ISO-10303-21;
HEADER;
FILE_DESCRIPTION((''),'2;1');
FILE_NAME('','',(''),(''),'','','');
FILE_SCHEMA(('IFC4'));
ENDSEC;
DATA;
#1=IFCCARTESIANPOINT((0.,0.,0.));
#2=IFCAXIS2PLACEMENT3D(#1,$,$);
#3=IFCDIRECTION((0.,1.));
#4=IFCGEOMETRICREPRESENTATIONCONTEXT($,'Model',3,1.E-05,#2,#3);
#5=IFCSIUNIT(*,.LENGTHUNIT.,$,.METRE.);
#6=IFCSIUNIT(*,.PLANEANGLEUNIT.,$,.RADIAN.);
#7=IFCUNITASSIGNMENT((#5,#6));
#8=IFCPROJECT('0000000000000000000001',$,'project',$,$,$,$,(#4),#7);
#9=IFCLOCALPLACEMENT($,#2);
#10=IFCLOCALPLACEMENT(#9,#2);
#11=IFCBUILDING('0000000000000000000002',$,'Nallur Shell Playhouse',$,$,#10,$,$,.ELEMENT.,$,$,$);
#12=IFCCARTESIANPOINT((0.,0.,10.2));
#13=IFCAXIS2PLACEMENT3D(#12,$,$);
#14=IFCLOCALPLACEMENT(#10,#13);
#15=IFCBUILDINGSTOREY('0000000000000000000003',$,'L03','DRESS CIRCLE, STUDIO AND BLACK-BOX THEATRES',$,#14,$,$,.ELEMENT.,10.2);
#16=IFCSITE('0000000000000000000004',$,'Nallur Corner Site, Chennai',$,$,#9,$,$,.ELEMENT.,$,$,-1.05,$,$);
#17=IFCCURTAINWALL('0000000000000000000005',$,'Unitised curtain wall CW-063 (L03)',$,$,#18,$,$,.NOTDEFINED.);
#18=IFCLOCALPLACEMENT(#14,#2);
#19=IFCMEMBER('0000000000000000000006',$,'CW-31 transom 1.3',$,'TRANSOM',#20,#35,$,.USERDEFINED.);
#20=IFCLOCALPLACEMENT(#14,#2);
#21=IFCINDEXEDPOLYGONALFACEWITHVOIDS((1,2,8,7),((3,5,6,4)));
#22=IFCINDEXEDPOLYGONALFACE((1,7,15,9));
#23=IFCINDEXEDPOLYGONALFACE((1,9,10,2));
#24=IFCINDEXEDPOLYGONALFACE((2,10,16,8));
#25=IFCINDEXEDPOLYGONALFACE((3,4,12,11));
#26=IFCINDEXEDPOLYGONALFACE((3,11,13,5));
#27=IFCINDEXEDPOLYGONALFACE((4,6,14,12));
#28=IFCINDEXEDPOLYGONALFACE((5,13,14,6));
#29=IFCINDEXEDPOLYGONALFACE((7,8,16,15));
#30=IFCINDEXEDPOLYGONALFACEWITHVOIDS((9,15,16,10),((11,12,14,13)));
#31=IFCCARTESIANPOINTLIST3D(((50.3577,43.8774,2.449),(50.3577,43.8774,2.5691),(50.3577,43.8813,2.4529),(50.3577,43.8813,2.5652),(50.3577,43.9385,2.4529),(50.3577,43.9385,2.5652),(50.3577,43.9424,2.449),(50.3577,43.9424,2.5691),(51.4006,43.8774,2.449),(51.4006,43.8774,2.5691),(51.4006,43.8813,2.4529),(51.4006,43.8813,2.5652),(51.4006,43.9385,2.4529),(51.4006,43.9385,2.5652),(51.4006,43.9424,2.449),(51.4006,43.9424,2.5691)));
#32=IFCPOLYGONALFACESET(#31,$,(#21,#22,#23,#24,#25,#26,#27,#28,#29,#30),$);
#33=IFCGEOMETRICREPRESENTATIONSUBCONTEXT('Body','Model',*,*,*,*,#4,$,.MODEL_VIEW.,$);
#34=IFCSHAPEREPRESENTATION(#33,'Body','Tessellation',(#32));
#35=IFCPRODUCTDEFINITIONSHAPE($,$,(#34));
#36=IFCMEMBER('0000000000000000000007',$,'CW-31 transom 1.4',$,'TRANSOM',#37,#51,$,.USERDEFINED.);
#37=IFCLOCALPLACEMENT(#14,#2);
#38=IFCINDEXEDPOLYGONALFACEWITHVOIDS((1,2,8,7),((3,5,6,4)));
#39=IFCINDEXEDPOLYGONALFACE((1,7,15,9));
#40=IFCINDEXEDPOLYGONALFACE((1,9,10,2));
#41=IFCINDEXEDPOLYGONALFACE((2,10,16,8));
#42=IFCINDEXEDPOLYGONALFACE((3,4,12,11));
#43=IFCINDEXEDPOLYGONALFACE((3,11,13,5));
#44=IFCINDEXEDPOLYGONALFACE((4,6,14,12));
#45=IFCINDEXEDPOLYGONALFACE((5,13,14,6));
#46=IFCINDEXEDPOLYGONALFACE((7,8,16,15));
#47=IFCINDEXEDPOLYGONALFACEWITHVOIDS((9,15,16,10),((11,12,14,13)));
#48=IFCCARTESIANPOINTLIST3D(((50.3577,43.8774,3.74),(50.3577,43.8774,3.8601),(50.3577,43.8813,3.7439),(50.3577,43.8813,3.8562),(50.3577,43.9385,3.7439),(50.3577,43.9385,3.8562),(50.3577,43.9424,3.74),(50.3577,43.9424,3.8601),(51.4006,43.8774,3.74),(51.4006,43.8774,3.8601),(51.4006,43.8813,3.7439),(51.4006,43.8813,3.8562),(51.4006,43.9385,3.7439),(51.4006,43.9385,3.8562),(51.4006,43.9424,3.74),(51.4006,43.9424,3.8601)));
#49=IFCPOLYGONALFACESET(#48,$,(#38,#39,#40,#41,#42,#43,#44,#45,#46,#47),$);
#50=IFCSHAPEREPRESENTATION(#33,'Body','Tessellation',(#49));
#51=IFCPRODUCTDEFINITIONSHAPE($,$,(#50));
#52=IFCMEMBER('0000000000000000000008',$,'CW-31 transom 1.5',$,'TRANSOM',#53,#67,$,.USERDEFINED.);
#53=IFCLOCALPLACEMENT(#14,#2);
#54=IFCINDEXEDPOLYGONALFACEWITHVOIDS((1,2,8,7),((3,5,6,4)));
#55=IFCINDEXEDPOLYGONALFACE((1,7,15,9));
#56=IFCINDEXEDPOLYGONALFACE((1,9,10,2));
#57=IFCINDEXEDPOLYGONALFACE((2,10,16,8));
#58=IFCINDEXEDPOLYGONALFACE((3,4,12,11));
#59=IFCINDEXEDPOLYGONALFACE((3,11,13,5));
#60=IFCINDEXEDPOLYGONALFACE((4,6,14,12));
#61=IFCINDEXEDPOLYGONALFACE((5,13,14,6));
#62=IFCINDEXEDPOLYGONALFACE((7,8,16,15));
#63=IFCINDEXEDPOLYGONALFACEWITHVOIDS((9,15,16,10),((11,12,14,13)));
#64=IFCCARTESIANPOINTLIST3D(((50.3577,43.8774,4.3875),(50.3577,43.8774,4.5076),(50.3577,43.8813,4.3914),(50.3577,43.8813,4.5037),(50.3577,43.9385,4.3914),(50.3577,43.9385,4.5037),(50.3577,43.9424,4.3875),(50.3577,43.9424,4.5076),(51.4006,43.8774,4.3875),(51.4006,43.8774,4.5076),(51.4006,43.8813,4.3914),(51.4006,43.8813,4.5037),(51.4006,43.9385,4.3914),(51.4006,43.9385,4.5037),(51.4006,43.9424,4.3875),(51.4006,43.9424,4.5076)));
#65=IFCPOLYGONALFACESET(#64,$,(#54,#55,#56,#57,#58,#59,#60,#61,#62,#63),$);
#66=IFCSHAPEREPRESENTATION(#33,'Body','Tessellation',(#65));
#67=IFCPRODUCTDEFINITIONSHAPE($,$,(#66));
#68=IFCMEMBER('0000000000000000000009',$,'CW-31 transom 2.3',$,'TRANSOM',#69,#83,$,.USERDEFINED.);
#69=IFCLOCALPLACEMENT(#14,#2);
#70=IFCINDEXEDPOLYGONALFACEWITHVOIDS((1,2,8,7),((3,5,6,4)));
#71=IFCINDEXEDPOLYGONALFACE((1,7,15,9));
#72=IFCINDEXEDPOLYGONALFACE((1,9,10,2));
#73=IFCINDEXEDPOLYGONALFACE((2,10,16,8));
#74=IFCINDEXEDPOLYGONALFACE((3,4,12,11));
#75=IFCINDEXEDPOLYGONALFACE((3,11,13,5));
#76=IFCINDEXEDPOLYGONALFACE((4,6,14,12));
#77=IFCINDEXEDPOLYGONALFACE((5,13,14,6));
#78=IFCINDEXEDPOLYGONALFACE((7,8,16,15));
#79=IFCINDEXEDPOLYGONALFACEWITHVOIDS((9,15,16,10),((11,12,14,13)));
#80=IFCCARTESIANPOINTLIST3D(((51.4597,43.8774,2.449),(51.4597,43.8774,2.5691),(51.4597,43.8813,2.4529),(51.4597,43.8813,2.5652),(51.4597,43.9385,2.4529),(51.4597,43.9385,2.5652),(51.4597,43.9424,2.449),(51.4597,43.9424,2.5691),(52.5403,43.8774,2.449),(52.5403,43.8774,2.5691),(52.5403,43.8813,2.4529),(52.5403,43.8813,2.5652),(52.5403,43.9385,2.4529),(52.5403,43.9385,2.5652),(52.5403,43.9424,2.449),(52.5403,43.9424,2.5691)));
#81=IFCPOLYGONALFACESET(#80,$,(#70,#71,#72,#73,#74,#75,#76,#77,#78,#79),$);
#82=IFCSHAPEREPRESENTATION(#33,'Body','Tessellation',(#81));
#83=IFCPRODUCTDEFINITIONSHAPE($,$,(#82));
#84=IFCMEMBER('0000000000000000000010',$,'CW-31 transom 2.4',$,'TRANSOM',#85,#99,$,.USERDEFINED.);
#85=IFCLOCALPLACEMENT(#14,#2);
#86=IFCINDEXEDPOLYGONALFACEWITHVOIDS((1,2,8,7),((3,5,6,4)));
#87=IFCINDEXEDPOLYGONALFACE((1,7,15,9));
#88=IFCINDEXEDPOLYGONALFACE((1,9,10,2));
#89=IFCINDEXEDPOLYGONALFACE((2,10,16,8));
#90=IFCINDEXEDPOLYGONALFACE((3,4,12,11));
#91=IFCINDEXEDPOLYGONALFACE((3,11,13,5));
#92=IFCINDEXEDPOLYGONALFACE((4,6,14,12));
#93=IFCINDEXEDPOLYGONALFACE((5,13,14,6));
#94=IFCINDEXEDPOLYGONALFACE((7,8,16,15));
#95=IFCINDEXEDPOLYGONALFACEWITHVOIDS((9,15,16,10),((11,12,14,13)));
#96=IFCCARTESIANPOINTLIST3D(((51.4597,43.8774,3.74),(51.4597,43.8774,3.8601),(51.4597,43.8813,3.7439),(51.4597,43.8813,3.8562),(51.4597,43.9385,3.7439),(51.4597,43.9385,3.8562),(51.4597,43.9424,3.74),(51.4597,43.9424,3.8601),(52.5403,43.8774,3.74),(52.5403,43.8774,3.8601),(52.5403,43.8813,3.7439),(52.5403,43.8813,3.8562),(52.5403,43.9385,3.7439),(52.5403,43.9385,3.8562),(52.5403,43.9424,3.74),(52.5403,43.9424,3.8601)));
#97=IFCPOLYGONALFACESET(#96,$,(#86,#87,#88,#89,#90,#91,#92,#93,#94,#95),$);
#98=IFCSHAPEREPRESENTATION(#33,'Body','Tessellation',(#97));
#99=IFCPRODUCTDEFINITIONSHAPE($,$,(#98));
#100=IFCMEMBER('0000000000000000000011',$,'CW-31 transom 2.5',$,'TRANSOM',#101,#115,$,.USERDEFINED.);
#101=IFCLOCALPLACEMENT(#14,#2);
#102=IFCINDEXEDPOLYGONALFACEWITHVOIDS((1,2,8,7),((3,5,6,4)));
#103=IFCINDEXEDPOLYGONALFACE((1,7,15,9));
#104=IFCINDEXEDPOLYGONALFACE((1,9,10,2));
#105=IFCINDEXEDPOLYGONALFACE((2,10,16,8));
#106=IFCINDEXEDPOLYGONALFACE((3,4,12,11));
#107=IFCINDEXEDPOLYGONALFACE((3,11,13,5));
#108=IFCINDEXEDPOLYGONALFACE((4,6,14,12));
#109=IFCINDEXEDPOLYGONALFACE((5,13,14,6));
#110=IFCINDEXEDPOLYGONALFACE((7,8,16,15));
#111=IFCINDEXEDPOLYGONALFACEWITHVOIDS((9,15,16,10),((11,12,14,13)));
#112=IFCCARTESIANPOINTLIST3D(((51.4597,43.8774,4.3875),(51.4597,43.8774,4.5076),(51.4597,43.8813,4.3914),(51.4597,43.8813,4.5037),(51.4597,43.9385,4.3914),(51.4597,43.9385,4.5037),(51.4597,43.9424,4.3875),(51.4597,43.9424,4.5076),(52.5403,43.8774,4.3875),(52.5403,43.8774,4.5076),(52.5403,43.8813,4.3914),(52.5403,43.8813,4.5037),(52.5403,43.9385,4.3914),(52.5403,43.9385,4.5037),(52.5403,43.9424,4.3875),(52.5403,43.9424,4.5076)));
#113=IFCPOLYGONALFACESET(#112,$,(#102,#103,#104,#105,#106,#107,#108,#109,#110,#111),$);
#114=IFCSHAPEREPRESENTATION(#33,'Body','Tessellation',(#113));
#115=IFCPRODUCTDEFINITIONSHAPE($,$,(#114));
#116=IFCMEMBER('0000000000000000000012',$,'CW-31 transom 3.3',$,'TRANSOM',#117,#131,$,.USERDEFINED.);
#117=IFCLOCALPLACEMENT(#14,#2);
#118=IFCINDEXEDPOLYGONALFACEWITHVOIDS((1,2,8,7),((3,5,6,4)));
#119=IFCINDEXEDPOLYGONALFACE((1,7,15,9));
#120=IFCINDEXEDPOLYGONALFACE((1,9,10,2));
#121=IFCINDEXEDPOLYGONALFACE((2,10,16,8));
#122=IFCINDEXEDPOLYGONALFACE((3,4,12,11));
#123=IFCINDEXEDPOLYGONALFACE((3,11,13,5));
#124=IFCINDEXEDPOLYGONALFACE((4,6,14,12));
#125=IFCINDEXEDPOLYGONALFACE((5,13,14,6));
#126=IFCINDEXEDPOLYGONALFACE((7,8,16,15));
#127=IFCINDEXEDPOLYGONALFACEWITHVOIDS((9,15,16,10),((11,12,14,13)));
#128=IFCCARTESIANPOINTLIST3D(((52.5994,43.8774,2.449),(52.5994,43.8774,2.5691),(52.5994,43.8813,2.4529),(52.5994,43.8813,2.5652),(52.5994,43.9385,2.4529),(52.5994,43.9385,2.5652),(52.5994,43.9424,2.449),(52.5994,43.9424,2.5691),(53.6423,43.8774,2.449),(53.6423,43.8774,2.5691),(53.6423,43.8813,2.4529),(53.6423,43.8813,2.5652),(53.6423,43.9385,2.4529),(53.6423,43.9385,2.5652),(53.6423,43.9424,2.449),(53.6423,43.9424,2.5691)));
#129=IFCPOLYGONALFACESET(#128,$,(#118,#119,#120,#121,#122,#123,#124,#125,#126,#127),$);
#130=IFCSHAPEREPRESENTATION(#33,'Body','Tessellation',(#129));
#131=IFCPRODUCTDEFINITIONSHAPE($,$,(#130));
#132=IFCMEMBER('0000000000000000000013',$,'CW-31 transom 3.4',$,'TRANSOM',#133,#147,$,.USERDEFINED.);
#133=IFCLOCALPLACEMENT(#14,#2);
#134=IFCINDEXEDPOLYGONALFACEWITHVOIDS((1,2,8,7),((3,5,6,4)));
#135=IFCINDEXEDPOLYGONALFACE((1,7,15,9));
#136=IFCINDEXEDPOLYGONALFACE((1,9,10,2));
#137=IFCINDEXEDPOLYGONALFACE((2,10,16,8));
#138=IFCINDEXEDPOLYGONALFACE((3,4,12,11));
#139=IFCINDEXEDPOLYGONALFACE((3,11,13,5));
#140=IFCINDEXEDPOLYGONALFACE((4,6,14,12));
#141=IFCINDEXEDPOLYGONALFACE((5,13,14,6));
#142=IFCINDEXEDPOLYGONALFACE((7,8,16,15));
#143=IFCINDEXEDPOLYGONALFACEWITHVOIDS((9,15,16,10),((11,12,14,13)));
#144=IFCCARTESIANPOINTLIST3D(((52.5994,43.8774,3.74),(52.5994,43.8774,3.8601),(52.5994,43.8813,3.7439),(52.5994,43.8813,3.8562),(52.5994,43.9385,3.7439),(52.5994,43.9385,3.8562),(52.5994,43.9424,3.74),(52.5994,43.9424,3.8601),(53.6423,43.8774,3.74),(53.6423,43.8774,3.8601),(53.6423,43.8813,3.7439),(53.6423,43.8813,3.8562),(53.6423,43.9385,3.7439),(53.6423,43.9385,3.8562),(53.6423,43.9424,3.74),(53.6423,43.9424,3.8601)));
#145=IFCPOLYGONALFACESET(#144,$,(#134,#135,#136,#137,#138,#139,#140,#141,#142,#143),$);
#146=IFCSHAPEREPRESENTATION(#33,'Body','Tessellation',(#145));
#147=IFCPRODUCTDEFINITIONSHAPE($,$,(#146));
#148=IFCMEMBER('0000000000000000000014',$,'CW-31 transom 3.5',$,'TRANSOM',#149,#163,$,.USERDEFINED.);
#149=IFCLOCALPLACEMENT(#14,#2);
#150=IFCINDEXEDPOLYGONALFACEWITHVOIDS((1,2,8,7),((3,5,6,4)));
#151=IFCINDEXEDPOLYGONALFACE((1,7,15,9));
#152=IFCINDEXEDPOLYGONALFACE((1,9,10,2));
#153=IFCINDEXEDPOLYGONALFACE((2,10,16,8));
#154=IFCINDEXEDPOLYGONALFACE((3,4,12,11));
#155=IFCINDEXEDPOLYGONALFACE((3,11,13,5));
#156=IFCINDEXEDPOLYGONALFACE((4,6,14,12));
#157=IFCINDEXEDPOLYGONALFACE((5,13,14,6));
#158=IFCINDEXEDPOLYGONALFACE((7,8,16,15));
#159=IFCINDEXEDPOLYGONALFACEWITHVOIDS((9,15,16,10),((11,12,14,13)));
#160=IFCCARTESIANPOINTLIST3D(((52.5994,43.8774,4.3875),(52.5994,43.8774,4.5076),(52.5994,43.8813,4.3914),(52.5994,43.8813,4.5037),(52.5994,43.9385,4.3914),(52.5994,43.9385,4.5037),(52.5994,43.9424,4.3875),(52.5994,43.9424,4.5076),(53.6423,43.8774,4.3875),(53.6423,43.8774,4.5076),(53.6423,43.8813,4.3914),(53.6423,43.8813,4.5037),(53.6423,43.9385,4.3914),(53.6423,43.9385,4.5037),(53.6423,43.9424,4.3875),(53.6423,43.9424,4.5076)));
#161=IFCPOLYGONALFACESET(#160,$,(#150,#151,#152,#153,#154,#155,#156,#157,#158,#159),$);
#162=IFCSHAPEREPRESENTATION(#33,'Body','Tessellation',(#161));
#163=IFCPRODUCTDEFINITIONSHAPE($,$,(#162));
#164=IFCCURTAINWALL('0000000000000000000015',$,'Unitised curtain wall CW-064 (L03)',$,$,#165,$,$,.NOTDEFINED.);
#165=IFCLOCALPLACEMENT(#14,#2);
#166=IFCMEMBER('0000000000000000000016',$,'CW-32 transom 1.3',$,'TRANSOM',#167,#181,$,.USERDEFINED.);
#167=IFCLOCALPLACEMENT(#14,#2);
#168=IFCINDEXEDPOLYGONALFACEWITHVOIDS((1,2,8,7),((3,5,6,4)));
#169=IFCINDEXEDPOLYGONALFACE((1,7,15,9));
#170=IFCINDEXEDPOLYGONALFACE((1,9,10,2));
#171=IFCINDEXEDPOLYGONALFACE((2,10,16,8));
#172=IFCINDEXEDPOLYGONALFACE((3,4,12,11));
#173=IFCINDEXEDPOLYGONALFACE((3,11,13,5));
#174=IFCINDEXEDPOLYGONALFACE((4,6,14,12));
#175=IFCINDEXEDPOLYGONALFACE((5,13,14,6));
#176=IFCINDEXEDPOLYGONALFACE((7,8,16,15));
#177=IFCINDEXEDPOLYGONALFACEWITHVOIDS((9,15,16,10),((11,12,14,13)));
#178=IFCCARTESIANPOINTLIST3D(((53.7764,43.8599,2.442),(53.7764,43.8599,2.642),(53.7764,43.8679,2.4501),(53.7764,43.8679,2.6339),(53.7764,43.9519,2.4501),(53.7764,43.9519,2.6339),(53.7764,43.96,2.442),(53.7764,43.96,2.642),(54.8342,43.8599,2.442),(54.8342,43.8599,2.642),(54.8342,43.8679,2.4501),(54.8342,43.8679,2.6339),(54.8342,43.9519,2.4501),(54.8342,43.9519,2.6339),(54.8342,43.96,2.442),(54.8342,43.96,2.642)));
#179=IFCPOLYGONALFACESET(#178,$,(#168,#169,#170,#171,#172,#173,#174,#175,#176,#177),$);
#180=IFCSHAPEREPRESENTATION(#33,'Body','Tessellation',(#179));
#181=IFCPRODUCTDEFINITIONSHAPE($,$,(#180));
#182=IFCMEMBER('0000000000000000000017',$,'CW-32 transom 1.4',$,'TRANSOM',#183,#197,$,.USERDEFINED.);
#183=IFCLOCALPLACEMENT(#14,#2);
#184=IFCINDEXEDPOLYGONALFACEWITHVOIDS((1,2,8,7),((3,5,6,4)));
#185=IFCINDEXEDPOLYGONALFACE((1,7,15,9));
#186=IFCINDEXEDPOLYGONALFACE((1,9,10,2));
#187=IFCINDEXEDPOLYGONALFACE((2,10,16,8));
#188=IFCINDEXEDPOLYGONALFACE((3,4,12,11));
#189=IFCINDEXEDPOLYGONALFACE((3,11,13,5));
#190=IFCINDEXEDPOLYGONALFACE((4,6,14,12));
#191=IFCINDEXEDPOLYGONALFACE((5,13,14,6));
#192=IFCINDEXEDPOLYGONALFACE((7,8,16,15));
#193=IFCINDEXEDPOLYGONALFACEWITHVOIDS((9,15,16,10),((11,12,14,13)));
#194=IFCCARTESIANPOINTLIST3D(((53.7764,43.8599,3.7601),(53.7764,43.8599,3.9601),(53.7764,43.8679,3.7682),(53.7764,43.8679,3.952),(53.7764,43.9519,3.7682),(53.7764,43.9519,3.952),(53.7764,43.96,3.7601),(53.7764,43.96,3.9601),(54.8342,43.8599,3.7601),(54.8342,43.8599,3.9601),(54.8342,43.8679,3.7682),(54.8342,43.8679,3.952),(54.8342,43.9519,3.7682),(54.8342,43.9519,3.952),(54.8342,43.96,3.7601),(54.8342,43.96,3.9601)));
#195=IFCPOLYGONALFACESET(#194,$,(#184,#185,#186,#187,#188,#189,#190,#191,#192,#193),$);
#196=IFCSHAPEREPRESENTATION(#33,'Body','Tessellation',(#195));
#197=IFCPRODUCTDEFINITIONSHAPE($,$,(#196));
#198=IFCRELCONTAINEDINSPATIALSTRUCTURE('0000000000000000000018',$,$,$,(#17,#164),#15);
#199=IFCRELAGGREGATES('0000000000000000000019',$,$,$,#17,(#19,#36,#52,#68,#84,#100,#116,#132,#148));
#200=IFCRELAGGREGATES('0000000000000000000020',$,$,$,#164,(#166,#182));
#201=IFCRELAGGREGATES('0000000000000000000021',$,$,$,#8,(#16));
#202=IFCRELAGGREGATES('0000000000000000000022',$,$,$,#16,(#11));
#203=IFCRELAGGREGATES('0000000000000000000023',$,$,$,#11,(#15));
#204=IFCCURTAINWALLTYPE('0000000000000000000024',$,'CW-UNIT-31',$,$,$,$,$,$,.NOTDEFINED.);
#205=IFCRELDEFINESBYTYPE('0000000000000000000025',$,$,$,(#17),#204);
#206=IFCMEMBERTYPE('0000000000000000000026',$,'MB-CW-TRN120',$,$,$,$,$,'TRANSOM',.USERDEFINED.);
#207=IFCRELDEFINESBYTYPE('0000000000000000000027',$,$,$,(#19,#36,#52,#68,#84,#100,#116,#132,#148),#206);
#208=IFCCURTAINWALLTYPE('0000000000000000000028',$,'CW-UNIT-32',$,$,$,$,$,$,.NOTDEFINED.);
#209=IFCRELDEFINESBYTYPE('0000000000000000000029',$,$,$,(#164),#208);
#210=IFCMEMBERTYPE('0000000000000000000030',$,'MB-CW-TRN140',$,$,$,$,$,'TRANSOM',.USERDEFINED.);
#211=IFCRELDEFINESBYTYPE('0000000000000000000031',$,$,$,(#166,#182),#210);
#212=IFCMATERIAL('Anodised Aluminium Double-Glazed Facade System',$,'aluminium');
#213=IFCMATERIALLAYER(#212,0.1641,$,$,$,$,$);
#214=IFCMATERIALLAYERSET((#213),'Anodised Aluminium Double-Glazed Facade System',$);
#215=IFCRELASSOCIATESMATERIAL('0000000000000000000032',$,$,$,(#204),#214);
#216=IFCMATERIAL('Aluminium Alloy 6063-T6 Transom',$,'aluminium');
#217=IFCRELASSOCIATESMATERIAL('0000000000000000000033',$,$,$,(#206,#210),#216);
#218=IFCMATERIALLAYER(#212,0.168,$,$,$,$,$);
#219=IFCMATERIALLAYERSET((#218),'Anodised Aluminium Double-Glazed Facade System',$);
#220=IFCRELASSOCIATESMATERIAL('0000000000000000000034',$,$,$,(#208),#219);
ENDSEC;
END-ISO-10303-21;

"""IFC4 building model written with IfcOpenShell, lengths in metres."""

from ifc_helpers import new_model, si_unit, direction, frame, origin, origin_2d, place, context, subcontext, project, spatial, hollow_rectangle, extrude, material, layer, layer_set, material_profile, profile_set, type_object, element, aggregate, save


model = new_model("IFC4")

# Units and contexts
model_context = context("Model", 3, precision=1e-05, world=origin(), true_north=direction((0.0, 1.0)))
body_context = subcontext(model_context, "Body", "Model", "MODEL_VIEW")
ifc_project = project(units=[si_unit("LENGTHUNIT", "METRE"), si_unit("PLANEANGLEUNIT", "RADIAN")], contexts=[model_context])

# Site, building, storey
site_placement = place(None, origin())
site = spatial("IfcSite", under=ifc_project, at=site_placement, Name="Nallur Corner Site, Chennai", CompositionType="ELEMENT", RefElevation=-1.05)
building_placement = place(site_placement, origin())
building = spatial("IfcBuilding", under=site, at=building_placement, Name="Nallur Shell Playhouse", CompositionType="ELEMENT")
storey_placement = place(building_placement, frame((0.0, 0.0, 10.2)))
storey = spatial("IfcBuildingStorey", under=building, at=storey_placement, Name="L03", Description="DRESS CIRCLE, STUDIO AND BLACK-BOX THEATRES", CompositionType="ELEMENT", Elevation=10.2)

# Curtain walls, members
ifc_material_1 = material(Name="Anodised Aluminium Double-Glazed Facade System", Category="aluminium")
ifc_layer_1 = layer(ifc_material_1, 0.1641)
ifc_layer_set_1 = layer_set([ifc_layer_1], Name="Anodised Aluminium Double-Glazed Facade System")
curtain_wall_type_1 = type_object("IfcCurtainWallType", Name="CW-UNIT-31", PredefinedType="NOTDEFINED", material=ifc_layer_set_1)
curtain_wall_1_placement = place(storey_placement, origin())
curtain_wall_1 = element("IfcCurtainWall", 1, at=curtain_wall_1_placement, inside=storey, type_object=curtain_wall_type_1, Name="Unitised curtain wall CW-063 (L03)", PredefinedType="NOTDEFINED")
ifc_material_2 = material(Name="Aluminium Alloy 6063-T6 Transom", Category="aluminium")
ifc_material_profile_1 = material_profile(ifc_material_2, hollow_rectangle(XDim=0.0649, YDim=0.1201, WallThickness=0.0039, at=origin_2d()), Name="ALU 65x120x4")
ifc_profile_set_1 = profile_set([ifc_material_profile_1], Name="Aluminium Alloy 6063-T6 Transom")
member_type_1 = type_object("IfcMemberType", Name="MB-CW-TRN120", ElementType="TRANSOM", PredefinedType="USERDEFINED", material=ifc_profile_set_1)
member_1_placement = place(storey_placement, frame((50.3577, 43.9099, 2.509), z_axis=(1.0, 0.0, 0.0), x_axis=(0.0, 1.0, 0.0)))
member_1 = element("IfcMember", 2, at=member_1_placement, type_object=member_type_1, Name="CW-31 transom 1.3", ObjectType="TRANSOM", PredefinedType="USERDEFINED", context=body_context, shape_type="SweptSolid", body=[
    extrude(hollow_rectangle(XDim=0.0649, YDim=0.1201, WallThickness=0.0039, at=origin_2d()), origin(), (0.0, 0.0, 1.0), 1.043),
])
member_2_placement = place(storey_placement, frame((50.3577, 43.9099, 3.8), z_axis=(1.0, 0.0, 0.0), x_axis=(0.0, 1.0, 0.0)))
member_2 = element("IfcMember", 3, at=member_2_placement, type_object=member_type_1, Name="CW-31 transom 1.4", ObjectType="TRANSOM", PredefinedType="USERDEFINED", context=body_context, shape_type="SweptSolid", body=[
    extrude(hollow_rectangle(XDim=0.0649, YDim=0.1201, WallThickness=0.0039, at=origin_2d()), origin(), (0.0, 0.0, 1.0), 1.043),
])
member_3_placement = place(storey_placement, frame((50.3577, 43.9099, 4.4475), z_axis=(1.0, 0.0, 0.0), x_axis=(0.0, 1.0, 0.0)))
member_3 = element("IfcMember", 4, at=member_3_placement, type_object=member_type_1, Name="CW-31 transom 1.5", ObjectType="TRANSOM", PredefinedType="USERDEFINED", context=body_context, shape_type="SweptSolid", body=[
    extrude(hollow_rectangle(XDim=0.0649, YDim=0.1201, WallThickness=0.0039, at=origin_2d()), origin(), (0.0, 0.0, 1.0), 1.043),
])
member_4_placement = place(storey_placement, frame((51.4597, 43.9099, 2.509), z_axis=(1.0, 0.0, 0.0), x_axis=(0.0, 1.0, 0.0)))
member_4 = element("IfcMember", 5, at=member_4_placement, type_object=member_type_1, Name="CW-31 transom 2.3", ObjectType="TRANSOM", PredefinedType="USERDEFINED", context=body_context, shape_type="SweptSolid", body=[
    extrude(hollow_rectangle(XDim=0.0649, YDim=0.1201, WallThickness=0.0039, at=origin_2d()), origin(), (0.0, 0.0, 1.0), 1.0806),
])
member_5_placement = place(storey_placement, frame((51.4597, 43.9099, 3.8), z_axis=(1.0, 0.0, 0.0), x_axis=(0.0, 1.0, 0.0)))
member_5 = element("IfcMember", 6, at=member_5_placement, type_object=member_type_1, Name="CW-31 transom 2.4", ObjectType="TRANSOM", PredefinedType="USERDEFINED", context=body_context, shape_type="SweptSolid", body=[
    extrude(hollow_rectangle(XDim=0.0649, YDim=0.1201, WallThickness=0.0039, at=origin_2d()), origin(), (0.0, 0.0, 1.0), 1.0806),
])
member_6_placement = place(storey_placement, frame((51.4597, 43.9099, 4.4475), z_axis=(1.0, 0.0, 0.0), x_axis=(0.0, 1.0, 0.0)))
member_6 = element("IfcMember", 7, at=member_6_placement, type_object=member_type_1, Name="CW-31 transom 2.5", ObjectType="TRANSOM", PredefinedType="USERDEFINED", context=body_context, shape_type="SweptSolid", body=[
    extrude(hollow_rectangle(XDim=0.0649, YDim=0.1201, WallThickness=0.0039, at=origin_2d()), origin(), (0.0, 0.0, 1.0), 1.0806),
])
member_7_placement = place(storey_placement, frame((52.5994, 43.9099, 2.509), z_axis=(1.0, 0.0, 0.0), x_axis=(0.0, 1.0, 0.0)))
member_7 = element("IfcMember", 8, at=member_7_placement, type_object=member_type_1, Name="CW-31 transom 3.3", ObjectType="TRANSOM", PredefinedType="USERDEFINED", context=body_context, shape_type="SweptSolid", body=[
    extrude(hollow_rectangle(XDim=0.0649, YDim=0.1201, WallThickness=0.0039, at=origin_2d()), origin(), (0.0, 0.0, 1.0), 1.043),
])
member_8_placement = place(storey_placement, frame((52.5994, 43.9099, 3.8), z_axis=(1.0, 0.0, 0.0), x_axis=(0.0, 1.0, 0.0)))
member_8 = element("IfcMember", 9, at=member_8_placement, type_object=member_type_1, Name="CW-31 transom 3.4", ObjectType="TRANSOM", PredefinedType="USERDEFINED", context=body_context, shape_type="SweptSolid", body=[
    extrude(hollow_rectangle(XDim=0.0649, YDim=0.1201, WallThickness=0.0039, at=origin_2d()), origin(), (0.0, 0.0, 1.0), 1.043),
])
member_9_placement = place(storey_placement, frame((52.5994, 43.9099, 4.4475), z_axis=(1.0, 0.0, 0.0), x_axis=(0.0, 1.0, 0.0)))
member_9 = element("IfcMember", 10, at=member_9_placement, type_object=member_type_1, Name="CW-31 transom 3.5", ObjectType="TRANSOM", PredefinedType="USERDEFINED", context=body_context, shape_type="SweptSolid", body=[
    extrude(hollow_rectangle(XDim=0.0649, YDim=0.1201, WallThickness=0.0039, at=origin_2d()), origin(), (0.0, 0.0, 1.0), 1.043),
])
ifc_layer_2 = layer(ifc_material_1, 0.168)
ifc_layer_set_2 = layer_set([ifc_layer_2], Name="Anodised Aluminium Double-Glazed Facade System")
curtain_wall_type_2 = type_object("IfcCurtainWallType", Name="CW-UNIT-32", PredefinedType="NOTDEFINED", material=ifc_layer_set_2)
curtain_wall_2_placement = place(storey_placement, origin())
curtain_wall_2 = element("IfcCurtainWall", 11, at=curtain_wall_2_placement, inside=storey, type_object=curtain_wall_type_2, Name="Unitised curtain wall CW-064 (L03)", PredefinedType="NOTDEFINED")
ifc_material_profile_2 = material_profile(ifc_material_2, hollow_rectangle(XDim=0.1001, YDim=0.2, WallThickness=0.0081, at=origin_2d()), Name="RHS 200x100x8")
ifc_profile_set_2 = profile_set([ifc_material_profile_2], Name="Aluminium Alloy 6063-T6 Transom")
member_type_2 = type_object("IfcMemberType", Name="MB-CW-TRN140", ElementType="TRANSOM", PredefinedType="USERDEFINED", material=ifc_profile_set_2)
member_10_placement = place(storey_placement, frame((53.7764, 43.9099, 2.542), z_axis=(1.0, 0.0, 0.0), x_axis=(0.0, 1.0, 0.0)))
member_10 = element("IfcMember", 12, at=member_10_placement, type_object=member_type_2, Name="CW-32 transom 1.3", ObjectType="TRANSOM", PredefinedType="USERDEFINED", context=body_context, shape_type="SweptSolid", body=[
    extrude(hollow_rectangle(XDim=0.1001, YDim=0.2, WallThickness=0.0081, at=origin_2d()), origin(), (0.0, 0.0, 1.0), 1.0579),
])
member_11_placement = place(storey_placement, frame((53.7764, 43.9099, 3.8601), z_axis=(1.0, 0.0, 0.0), x_axis=(0.0, 1.0, 0.0)))
member_11 = element("IfcMember", 13, at=member_11_placement, type_object=member_type_2, Name="CW-32 transom 1.4", ObjectType="TRANSOM", PredefinedType="USERDEFINED", context=body_context, shape_type="SweptSolid", body=[
    extrude(hollow_rectangle(XDim=0.1001, YDim=0.2, WallThickness=0.0081, at=origin_2d()), origin(), (0.0, 0.0, 1.0), 1.0579),
])

aggregate(curtain_wall_1, [member_1, member_2, member_3, member_4, member_5, member_6, member_7, member_8, member_9])
aggregate(curtain_wall_2, [member_10, member_11])

save(model, "model.ifc")
